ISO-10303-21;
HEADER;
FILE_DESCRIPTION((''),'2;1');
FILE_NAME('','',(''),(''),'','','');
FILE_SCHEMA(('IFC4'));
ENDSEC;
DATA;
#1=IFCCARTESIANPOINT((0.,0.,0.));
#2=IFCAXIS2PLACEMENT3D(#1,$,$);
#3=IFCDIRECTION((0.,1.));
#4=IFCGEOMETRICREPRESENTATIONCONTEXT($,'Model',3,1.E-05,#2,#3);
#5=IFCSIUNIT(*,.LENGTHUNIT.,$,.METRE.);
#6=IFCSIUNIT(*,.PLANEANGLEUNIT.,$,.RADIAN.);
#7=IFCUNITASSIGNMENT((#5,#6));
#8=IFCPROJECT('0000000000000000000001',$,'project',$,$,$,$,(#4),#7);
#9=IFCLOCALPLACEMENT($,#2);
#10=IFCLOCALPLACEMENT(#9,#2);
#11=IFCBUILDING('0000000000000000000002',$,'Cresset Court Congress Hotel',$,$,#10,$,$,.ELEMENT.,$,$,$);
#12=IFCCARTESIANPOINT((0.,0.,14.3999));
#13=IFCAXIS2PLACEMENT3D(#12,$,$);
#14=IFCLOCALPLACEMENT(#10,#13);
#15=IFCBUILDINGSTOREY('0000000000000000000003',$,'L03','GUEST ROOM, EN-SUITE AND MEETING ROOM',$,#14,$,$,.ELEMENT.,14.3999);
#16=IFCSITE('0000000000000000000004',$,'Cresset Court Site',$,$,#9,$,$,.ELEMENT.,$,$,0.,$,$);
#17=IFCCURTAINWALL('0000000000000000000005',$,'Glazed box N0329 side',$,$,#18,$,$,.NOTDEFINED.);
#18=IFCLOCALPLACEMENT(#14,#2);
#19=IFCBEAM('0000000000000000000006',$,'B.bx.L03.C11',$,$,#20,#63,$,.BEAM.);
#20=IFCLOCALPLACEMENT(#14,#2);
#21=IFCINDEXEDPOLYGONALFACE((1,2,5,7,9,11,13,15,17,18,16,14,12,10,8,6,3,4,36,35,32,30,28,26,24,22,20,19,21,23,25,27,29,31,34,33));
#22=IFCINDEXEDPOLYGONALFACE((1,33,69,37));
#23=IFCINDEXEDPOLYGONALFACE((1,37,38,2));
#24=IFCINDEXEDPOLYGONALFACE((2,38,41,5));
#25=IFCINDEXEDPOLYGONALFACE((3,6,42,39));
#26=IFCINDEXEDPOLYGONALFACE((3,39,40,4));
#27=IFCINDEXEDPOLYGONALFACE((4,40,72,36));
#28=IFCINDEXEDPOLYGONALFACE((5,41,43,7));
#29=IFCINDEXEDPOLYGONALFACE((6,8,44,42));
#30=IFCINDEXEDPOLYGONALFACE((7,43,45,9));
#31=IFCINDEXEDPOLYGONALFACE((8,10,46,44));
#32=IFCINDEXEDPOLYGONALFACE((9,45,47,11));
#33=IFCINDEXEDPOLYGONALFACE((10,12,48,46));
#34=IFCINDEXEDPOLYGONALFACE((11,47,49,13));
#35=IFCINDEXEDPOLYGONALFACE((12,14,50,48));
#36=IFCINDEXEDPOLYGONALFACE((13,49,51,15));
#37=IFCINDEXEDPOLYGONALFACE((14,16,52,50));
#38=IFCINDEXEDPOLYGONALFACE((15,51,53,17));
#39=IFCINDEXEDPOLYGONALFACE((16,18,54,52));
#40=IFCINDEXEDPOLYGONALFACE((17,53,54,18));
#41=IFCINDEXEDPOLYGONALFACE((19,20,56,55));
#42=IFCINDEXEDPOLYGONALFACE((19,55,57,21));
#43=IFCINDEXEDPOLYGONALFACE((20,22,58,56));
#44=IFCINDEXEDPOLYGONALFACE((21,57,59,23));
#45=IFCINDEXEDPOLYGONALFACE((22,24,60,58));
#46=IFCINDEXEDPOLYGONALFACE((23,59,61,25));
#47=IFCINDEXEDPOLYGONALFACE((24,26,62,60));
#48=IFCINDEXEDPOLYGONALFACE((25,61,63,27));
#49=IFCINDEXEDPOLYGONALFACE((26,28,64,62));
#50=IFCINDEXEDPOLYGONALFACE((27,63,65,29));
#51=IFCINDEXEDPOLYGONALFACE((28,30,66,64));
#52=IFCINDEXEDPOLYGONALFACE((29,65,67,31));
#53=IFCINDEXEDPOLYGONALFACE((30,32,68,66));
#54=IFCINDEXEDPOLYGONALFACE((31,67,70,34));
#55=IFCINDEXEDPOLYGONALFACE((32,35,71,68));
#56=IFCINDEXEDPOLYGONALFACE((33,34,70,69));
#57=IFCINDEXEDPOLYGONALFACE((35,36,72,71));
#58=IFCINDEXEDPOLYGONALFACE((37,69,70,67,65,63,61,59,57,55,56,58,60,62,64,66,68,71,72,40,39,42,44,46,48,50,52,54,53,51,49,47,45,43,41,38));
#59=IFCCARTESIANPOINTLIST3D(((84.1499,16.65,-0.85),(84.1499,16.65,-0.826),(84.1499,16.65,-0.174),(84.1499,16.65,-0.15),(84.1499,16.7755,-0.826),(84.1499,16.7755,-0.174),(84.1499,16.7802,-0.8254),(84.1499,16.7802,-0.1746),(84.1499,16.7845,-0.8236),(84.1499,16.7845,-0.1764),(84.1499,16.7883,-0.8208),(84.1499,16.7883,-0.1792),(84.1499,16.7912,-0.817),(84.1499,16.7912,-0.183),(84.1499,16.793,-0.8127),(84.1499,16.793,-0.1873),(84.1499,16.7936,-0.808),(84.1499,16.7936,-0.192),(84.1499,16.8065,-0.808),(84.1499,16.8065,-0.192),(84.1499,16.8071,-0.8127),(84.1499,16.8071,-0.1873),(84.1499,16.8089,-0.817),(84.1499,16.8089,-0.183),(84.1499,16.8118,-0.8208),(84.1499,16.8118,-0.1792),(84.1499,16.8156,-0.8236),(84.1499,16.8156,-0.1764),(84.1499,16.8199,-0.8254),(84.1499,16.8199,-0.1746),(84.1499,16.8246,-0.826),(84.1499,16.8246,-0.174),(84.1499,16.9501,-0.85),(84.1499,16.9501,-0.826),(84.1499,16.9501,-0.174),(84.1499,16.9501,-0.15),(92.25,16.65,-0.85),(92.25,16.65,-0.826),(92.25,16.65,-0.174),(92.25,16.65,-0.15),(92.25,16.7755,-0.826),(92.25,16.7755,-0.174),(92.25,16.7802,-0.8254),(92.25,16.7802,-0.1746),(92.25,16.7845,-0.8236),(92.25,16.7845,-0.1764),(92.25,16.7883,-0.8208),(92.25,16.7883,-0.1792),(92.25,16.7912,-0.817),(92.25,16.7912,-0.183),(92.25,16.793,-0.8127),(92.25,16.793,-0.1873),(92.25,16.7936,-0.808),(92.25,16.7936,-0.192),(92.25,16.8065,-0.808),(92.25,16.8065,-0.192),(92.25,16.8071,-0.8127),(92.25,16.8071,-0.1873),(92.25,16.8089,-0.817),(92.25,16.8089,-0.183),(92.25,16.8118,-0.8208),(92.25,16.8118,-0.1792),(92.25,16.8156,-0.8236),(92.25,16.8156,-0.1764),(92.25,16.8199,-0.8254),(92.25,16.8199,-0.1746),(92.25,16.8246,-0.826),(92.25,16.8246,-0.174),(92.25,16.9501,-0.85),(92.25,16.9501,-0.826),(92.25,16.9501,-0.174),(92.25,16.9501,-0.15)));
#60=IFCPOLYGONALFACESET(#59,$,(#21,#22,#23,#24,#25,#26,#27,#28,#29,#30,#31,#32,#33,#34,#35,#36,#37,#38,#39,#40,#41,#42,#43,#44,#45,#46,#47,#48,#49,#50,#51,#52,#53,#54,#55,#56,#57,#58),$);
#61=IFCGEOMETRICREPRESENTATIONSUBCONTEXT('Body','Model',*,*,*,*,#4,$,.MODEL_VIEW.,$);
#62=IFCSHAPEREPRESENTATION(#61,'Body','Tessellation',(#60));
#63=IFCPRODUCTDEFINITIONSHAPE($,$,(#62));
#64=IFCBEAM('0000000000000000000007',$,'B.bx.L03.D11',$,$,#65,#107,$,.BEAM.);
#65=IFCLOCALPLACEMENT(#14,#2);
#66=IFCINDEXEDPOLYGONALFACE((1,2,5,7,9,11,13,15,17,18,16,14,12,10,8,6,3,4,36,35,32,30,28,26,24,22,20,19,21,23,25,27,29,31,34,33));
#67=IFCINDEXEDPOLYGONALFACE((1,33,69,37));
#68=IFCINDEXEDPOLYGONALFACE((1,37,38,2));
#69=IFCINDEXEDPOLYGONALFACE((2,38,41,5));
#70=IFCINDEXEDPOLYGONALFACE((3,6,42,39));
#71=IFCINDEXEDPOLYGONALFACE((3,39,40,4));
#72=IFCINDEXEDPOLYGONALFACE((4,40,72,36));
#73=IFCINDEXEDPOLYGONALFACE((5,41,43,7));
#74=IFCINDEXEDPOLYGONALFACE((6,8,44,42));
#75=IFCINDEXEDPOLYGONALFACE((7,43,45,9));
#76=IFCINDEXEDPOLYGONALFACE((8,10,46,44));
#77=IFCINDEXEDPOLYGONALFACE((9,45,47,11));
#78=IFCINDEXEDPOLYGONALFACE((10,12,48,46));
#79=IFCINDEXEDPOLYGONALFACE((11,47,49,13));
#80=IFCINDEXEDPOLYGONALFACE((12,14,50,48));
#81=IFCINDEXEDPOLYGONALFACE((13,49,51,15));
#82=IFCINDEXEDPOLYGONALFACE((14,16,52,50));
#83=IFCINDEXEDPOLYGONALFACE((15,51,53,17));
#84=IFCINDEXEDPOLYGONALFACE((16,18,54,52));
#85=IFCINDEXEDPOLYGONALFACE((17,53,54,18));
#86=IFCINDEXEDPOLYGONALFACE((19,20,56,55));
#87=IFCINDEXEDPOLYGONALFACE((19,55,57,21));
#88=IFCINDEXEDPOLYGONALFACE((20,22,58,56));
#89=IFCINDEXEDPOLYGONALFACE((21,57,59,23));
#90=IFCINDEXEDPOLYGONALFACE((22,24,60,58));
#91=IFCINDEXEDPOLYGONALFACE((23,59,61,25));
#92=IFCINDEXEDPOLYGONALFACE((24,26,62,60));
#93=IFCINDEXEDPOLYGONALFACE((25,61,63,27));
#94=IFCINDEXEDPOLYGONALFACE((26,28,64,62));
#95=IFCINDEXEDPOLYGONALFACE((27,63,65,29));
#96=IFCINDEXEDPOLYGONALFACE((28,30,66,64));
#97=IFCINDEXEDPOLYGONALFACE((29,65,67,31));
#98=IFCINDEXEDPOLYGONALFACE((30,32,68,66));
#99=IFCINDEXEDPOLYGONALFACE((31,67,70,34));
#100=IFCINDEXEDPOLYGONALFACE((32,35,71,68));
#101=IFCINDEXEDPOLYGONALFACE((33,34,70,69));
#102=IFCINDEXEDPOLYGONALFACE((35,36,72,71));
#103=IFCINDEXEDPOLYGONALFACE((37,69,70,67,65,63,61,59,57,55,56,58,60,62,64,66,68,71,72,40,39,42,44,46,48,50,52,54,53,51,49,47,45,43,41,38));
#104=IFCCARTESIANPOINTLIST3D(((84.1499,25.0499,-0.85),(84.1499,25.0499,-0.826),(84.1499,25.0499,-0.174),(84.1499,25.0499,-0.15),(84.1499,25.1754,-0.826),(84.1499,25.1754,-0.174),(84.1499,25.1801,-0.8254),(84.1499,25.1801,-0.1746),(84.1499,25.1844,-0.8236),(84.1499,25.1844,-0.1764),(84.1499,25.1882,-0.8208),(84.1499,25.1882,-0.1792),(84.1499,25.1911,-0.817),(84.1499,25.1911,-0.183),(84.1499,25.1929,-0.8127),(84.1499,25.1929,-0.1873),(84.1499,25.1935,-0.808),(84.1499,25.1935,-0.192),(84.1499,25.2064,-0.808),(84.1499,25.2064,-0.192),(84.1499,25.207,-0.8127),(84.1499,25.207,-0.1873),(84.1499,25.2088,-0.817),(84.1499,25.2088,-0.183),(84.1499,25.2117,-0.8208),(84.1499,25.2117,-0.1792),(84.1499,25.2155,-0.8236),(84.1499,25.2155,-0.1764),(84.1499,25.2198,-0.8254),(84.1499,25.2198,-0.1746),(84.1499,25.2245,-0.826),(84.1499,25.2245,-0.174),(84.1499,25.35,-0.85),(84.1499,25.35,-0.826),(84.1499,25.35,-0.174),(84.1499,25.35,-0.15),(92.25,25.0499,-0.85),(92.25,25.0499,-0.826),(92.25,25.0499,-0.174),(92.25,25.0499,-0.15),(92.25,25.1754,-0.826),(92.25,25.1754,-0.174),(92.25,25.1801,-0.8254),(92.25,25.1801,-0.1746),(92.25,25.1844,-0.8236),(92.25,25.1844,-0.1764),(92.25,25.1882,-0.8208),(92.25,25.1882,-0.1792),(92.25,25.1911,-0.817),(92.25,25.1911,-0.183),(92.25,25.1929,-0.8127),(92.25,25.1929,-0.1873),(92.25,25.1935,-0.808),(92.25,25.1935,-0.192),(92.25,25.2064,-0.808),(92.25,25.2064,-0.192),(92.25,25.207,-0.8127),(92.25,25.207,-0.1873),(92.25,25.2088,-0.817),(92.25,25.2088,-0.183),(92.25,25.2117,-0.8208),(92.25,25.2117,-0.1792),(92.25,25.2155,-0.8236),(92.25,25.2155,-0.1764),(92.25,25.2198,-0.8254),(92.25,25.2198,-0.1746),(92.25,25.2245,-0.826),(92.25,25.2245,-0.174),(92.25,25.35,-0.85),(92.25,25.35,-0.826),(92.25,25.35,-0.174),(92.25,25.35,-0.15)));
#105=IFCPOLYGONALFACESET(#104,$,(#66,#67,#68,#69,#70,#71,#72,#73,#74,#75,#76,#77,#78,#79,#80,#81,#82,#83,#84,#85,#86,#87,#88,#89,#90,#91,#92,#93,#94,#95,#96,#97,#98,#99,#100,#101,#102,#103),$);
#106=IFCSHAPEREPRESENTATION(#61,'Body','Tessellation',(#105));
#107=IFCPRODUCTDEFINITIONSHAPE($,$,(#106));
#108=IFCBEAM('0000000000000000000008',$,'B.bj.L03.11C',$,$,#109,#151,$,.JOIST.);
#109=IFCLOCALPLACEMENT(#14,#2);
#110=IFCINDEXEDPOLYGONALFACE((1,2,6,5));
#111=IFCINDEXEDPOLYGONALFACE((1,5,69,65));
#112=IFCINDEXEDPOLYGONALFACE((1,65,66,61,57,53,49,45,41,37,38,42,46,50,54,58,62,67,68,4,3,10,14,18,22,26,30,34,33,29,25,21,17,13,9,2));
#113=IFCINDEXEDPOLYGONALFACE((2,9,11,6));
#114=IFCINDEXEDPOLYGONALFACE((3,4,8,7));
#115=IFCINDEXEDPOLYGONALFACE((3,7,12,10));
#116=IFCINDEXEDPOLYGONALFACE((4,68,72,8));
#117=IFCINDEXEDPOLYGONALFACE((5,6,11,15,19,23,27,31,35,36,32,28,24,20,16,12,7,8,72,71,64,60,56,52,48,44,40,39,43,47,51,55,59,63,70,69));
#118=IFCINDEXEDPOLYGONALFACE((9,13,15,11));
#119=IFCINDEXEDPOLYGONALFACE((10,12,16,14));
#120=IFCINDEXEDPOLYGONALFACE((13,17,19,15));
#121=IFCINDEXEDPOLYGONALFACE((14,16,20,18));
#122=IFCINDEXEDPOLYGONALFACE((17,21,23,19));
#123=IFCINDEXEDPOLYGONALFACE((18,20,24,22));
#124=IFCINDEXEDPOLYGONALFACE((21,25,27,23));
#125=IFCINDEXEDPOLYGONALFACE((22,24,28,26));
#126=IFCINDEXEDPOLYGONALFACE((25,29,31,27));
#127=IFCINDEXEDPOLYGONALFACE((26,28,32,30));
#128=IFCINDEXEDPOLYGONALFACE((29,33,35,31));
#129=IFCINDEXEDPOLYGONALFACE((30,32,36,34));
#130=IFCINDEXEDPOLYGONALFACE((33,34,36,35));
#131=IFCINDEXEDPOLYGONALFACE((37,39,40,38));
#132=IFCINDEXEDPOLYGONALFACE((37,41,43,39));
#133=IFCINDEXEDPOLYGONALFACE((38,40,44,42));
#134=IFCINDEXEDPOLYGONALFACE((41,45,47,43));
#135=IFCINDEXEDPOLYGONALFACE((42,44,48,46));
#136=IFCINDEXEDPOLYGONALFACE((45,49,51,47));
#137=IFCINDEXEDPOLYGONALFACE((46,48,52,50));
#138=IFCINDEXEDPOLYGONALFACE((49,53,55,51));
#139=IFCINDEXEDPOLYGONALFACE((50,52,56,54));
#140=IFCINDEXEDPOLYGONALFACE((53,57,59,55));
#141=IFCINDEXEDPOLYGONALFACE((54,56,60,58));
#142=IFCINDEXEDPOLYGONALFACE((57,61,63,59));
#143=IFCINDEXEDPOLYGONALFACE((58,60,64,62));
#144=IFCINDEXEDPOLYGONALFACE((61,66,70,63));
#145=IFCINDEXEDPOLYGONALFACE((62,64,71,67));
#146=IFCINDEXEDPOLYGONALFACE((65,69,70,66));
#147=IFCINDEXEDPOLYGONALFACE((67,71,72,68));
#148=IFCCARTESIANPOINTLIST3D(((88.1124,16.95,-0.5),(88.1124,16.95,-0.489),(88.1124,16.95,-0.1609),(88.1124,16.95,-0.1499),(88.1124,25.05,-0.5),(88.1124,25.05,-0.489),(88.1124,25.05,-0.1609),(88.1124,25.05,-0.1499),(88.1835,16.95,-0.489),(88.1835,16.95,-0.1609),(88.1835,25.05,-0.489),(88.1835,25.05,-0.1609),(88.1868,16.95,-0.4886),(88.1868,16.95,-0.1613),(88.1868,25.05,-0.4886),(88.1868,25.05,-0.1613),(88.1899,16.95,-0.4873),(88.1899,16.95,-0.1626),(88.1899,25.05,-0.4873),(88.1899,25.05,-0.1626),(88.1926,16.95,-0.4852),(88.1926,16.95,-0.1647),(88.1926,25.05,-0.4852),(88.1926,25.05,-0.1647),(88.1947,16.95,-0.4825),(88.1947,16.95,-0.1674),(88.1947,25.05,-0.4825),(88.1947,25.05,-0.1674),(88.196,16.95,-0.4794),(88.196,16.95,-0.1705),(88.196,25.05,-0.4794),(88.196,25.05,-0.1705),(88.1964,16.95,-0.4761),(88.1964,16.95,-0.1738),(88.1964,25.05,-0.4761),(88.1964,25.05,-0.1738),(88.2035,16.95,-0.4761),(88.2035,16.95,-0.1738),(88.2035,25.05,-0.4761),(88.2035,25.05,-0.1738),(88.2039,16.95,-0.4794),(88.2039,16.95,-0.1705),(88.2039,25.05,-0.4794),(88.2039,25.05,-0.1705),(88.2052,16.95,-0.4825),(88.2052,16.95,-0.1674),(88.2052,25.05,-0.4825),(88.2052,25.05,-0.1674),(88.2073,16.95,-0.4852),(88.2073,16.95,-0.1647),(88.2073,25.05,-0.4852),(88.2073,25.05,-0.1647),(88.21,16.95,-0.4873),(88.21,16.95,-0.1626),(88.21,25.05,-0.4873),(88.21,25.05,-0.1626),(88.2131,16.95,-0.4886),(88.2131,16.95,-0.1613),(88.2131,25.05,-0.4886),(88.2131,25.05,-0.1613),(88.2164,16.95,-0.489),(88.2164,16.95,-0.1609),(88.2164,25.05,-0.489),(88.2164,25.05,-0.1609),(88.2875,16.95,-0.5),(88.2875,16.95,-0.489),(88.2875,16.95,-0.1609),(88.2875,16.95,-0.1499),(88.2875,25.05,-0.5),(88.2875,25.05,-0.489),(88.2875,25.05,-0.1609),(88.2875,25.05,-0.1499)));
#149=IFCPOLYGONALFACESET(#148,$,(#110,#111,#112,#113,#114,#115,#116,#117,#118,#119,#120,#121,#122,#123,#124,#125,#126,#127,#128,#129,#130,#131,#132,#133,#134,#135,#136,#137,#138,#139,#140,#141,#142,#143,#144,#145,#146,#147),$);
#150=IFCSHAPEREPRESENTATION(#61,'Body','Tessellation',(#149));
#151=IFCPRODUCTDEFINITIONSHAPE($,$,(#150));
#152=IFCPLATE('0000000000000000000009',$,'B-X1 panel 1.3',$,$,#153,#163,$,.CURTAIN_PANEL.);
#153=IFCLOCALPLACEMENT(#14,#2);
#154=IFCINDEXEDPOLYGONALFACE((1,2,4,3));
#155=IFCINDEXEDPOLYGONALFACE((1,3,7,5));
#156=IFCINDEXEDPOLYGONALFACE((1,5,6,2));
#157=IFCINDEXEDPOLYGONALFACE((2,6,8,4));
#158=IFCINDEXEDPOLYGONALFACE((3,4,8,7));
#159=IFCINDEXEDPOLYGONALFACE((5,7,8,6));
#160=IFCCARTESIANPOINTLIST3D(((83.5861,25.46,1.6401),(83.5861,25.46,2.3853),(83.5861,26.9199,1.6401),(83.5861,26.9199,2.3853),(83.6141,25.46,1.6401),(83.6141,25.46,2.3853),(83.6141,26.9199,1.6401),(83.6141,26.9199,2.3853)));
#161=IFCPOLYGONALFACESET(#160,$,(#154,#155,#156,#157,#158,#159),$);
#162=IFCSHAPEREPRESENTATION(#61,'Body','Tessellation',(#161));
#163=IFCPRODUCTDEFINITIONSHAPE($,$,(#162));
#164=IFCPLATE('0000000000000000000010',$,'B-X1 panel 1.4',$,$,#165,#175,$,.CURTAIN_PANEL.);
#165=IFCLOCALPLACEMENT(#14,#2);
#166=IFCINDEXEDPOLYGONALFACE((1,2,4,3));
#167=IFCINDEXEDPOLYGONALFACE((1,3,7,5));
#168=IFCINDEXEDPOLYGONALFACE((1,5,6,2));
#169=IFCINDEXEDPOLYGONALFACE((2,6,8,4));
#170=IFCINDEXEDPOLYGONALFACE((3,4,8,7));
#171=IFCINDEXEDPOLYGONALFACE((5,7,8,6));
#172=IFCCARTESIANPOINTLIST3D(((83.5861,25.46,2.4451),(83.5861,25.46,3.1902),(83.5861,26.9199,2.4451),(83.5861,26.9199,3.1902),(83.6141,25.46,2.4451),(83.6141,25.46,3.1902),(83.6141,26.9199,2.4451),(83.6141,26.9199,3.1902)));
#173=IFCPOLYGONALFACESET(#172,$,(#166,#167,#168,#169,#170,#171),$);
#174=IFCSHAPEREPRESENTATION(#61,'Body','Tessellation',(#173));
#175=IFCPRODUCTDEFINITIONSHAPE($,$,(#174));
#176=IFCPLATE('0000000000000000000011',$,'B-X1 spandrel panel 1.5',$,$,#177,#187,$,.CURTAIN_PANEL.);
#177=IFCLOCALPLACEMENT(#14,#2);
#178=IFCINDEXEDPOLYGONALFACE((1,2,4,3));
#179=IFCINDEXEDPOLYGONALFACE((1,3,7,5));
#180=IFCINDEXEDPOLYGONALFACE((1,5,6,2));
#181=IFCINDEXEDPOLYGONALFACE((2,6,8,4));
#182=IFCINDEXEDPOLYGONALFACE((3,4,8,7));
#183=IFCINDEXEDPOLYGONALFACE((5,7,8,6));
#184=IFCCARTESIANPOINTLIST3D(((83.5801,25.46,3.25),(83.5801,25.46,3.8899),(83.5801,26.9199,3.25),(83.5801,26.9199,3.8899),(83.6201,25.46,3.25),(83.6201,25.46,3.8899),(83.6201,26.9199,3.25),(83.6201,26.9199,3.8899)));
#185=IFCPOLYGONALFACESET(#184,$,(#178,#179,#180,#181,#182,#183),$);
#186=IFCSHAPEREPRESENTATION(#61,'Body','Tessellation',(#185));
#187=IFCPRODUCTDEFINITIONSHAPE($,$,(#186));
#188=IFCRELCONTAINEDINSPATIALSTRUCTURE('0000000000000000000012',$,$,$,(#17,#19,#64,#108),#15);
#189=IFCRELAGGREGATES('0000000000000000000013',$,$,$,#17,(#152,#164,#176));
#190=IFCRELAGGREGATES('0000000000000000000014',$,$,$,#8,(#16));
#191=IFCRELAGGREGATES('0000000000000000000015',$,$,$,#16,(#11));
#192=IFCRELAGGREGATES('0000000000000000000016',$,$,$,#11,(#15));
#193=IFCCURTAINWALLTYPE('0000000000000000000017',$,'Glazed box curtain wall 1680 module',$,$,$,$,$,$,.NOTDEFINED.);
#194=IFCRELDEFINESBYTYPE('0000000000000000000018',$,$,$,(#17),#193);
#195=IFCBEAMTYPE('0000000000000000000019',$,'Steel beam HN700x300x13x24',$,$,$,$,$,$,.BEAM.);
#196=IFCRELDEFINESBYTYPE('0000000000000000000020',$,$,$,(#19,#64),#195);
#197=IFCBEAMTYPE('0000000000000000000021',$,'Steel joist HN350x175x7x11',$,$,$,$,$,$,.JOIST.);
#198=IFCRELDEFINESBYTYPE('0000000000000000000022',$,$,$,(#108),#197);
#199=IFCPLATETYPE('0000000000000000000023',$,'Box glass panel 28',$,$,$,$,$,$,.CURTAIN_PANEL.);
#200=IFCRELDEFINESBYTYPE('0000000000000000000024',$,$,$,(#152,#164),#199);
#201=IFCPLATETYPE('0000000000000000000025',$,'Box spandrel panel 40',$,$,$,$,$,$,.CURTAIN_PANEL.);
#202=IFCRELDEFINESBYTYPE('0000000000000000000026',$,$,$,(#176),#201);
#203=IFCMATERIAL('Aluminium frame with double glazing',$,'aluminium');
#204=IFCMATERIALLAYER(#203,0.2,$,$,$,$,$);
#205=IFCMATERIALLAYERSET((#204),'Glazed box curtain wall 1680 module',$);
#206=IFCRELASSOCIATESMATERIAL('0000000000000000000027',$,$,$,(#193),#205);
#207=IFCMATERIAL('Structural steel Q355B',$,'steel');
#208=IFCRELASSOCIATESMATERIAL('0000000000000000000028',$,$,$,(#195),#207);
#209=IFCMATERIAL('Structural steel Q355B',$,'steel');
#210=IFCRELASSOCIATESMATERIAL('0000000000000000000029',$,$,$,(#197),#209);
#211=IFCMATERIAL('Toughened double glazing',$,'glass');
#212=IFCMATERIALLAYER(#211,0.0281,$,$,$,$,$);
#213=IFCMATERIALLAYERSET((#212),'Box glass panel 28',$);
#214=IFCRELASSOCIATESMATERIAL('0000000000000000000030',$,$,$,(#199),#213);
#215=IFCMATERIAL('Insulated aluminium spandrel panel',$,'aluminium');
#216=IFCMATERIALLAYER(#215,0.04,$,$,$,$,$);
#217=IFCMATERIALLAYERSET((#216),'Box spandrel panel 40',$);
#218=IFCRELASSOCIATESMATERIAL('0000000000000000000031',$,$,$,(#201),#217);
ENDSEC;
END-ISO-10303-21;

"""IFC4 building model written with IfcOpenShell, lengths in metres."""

from ifc_helpers import new_model, si_unit, direction, frame, origin, origin_2d, place, context, subcontext, project, spatial, rectangle, i_section, extrude, material, layer, layer_set, material_profile, profile_set, type_object, element, aggregate, save


model = new_model("IFC4")

# Units and contexts
model_context = context("Model", 3, precision=1e-05, world=origin(), true_north=direction((0.0, 1.0)))
body_context = subcontext(model_context, "Body", "Model", "MODEL_VIEW")
ifc_project = project(units=[si_unit("LENGTHUNIT", "METRE"), si_unit("PLANEANGLEUNIT", "RADIAN")], contexts=[model_context])

# Site, building, storey
site_placement = place(None, origin())
site = spatial("IfcSite", under=ifc_project, at=site_placement, Name="Cresset Court Site", CompositionType="ELEMENT", RefElevation=0.0)
building_placement = place(site_placement, origin())
building = spatial("IfcBuilding", under=site, at=building_placement, Name="Cresset Court Congress Hotel", CompositionType="ELEMENT")
storey_placement = place(building_placement, frame((0.0, 0.0, 14.3999)))
storey = spatial("IfcBuildingStorey", under=building, at=storey_placement, Name="L03", Description="GUEST ROOM, EN-SUITE AND MEETING ROOM", CompositionType="ELEMENT", Elevation=14.3999)

# Curtain wall
ifc_material_1 = material(Name="Aluminium frame with double glazing", Category="aluminium")
ifc_layer_1 = layer(ifc_material_1, 0.2)
ifc_layer_set_1 = layer_set([ifc_layer_1], Name="Glazed box curtain wall 1680 module")
curtain_wall_type = type_object("IfcCurtainWallType", Name="Glazed box curtain wall 1680 module", PredefinedType="NOTDEFINED", material=ifc_layer_set_1)
curtain_wall_placement = place(storey_placement, origin())
curtain_wall = element("IfcCurtainWall", 1, at=curtain_wall_placement, inside=storey, type_object=curtain_wall_type, Name="Glazed box N0329 side", PredefinedType="NOTDEFINED")

# Beams
ifc_material_2 = material(Name="Structural steel Q355B", Category="steel")
ifc_material_profile_1 = material_profile(ifc_material_2, i_section(OverallWidth=0.3, OverallDepth=0.7, WebThickness=0.0129, FlangeThickness=0.0239, FilletRadius=0.0181, at=origin_2d()), Name="HN700x300x13x24")
ifc_profile_set_1 = profile_set([ifc_material_profile_1], Name="Structural steel Q355B")
beam_type_1 = type_object("IfcBeamType", Name="Steel beam HN700x300x13x24", PredefinedType="BEAM", material=ifc_profile_set_1)
for number, where, z_axis, x_axis, name in (
    (2, (84.1499, 16.8, -0.5), (1.0, 0.0, 0.0), (0.0, 1.0, 0.0), "B.bx.L03.C11"),
    (3, (84.1499, 25.2, -0.5), (1.0, 0.0, 0.0), (0.0, 1.0, 0.0), "B.bx.L03.D11"),
):
    element("IfcBeam", number, at=place(storey_placement, frame(where, z_axis=z_axis, x_axis=x_axis)), inside=storey, type_object=beam_type_1, Name=name, PredefinedType="BEAM", context=body_context, shape_type="SweptSolid", body=[
        extrude(i_section(OverallWidth=0.3, OverallDepth=0.7, WebThickness=0.0129, FlangeThickness=0.0239, FilletRadius=0.0181, at=origin_2d()), origin(), (0.0, 0.0, 1.0), 8.1001),
    ])
ifc_material_3 = material(Name="Structural steel Q355B", Category="steel")
ifc_material_profile_2 = material_profile(ifc_material_3, i_section(OverallWidth=0.175, OverallDepth=0.3501, WebThickness=0.0071, FlangeThickness=0.011, FilletRadius=0.0129, at=origin_2d()), Name="HN350x175x7x11")
ifc_profile_set_2 = profile_set([ifc_material_profile_2], Name="Structural steel Q355B")
beam_type_2 = type_object("IfcBeamType", Name="Steel joist HN350x175x7x11", PredefinedType="JOIST", material=ifc_profile_set_2)
beam_1_placement = place(storey_placement, frame((88.2, 16.95, -0.325), z_axis=(0.0, 1.0, 0.0), x_axis=(-1.0, 0.0, 0.0)))
element("IfcBeam", 4, at=beam_1_placement, inside=storey, type_object=beam_type_2, Name="B.bj.L03.11C", PredefinedType="JOIST", context=body_context, shape_type="SweptSolid", body=[
    extrude(i_section(OverallWidth=0.175, OverallDepth=0.3501, WebThickness=0.0071, FlangeThickness=0.011, FilletRadius=0.0129, at=origin_2d()), origin(), (0.0, 0.0, 1.0), 8.1001),
])

# Plates
ifc_material_4 = material(Name="Toughened double glazing", Category="glass")
ifc_layer_2 = layer(ifc_material_4, 0.0281)
ifc_layer_set_2 = layer_set([ifc_layer_2], Name="Box glass panel 28")
plate_type_1 = type_object("IfcPlateType", Name="Box glass panel 28", PredefinedType="CURTAIN_PANEL", material=ifc_layer_set_2)
plate_1_placement = place(storey_placement, frame((83.6001, 26.1899, 1.6401), z_axis=(0.0, 0.0, 1.0), x_axis=(0.0, 1.0, 0.0)))
plate_1 = element("IfcPlate", 5, at=plate_1_placement, type_object=plate_type_1, Name="B-X1 panel 1.3", PredefinedType="CURTAIN_PANEL", context=body_context, shape_type="SweptSolid", body=[
    extrude(rectangle(XDim=1.46, YDim=0.0281, at=origin_2d()), origin(), (0.0, 0.0, 1.0), 0.7451),
])
plate_2_placement = place(storey_placement, frame((83.6001, 26.1899, 2.4451), z_axis=(0.0, 0.0, 1.0), x_axis=(0.0, 1.0, 0.0)))
plate_2 = element("IfcPlate", 6, at=plate_2_placement, type_object=plate_type_1, Name="B-X1 panel 1.4", PredefinedType="CURTAIN_PANEL", context=body_context, shape_type="SweptSolid", body=[
    extrude(rectangle(XDim=1.46, YDim=0.0281, at=origin_2d()), origin(), (0.0, 0.0, 1.0), 0.7451),
])
ifc_material_5 = material(Name="Insulated aluminium spandrel panel", Category="aluminium")
ifc_layer_3 = layer(ifc_material_5, 0.04)
ifc_layer_set_3 = layer_set([ifc_layer_3], Name="Box spandrel panel 40")
plate_type_2 = type_object("IfcPlateType", Name="Box spandrel panel 40", PredefinedType="CURTAIN_PANEL", material=ifc_layer_set_3)
plate_3_placement = place(storey_placement, frame((83.6001, 26.1899, 3.25), z_axis=(0.0, 0.0, 1.0), x_axis=(0.0, 1.0, 0.0)))
plate_3 = element("IfcPlate", 7, at=plate_3_placement, type_object=plate_type_2, Name="B-X1 spandrel panel 1.5", PredefinedType="CURTAIN_PANEL", context=body_context, shape_type="SweptSolid", body=[
    extrude(rectangle(XDim=1.46, YDim=0.04, at=origin_2d()), origin(), (0.0, 0.0, 1.0), 0.6399),
])
aggregate(curtain_wall, [plate_1, plate_2, plate_3])

save(model, "model.ifc")
